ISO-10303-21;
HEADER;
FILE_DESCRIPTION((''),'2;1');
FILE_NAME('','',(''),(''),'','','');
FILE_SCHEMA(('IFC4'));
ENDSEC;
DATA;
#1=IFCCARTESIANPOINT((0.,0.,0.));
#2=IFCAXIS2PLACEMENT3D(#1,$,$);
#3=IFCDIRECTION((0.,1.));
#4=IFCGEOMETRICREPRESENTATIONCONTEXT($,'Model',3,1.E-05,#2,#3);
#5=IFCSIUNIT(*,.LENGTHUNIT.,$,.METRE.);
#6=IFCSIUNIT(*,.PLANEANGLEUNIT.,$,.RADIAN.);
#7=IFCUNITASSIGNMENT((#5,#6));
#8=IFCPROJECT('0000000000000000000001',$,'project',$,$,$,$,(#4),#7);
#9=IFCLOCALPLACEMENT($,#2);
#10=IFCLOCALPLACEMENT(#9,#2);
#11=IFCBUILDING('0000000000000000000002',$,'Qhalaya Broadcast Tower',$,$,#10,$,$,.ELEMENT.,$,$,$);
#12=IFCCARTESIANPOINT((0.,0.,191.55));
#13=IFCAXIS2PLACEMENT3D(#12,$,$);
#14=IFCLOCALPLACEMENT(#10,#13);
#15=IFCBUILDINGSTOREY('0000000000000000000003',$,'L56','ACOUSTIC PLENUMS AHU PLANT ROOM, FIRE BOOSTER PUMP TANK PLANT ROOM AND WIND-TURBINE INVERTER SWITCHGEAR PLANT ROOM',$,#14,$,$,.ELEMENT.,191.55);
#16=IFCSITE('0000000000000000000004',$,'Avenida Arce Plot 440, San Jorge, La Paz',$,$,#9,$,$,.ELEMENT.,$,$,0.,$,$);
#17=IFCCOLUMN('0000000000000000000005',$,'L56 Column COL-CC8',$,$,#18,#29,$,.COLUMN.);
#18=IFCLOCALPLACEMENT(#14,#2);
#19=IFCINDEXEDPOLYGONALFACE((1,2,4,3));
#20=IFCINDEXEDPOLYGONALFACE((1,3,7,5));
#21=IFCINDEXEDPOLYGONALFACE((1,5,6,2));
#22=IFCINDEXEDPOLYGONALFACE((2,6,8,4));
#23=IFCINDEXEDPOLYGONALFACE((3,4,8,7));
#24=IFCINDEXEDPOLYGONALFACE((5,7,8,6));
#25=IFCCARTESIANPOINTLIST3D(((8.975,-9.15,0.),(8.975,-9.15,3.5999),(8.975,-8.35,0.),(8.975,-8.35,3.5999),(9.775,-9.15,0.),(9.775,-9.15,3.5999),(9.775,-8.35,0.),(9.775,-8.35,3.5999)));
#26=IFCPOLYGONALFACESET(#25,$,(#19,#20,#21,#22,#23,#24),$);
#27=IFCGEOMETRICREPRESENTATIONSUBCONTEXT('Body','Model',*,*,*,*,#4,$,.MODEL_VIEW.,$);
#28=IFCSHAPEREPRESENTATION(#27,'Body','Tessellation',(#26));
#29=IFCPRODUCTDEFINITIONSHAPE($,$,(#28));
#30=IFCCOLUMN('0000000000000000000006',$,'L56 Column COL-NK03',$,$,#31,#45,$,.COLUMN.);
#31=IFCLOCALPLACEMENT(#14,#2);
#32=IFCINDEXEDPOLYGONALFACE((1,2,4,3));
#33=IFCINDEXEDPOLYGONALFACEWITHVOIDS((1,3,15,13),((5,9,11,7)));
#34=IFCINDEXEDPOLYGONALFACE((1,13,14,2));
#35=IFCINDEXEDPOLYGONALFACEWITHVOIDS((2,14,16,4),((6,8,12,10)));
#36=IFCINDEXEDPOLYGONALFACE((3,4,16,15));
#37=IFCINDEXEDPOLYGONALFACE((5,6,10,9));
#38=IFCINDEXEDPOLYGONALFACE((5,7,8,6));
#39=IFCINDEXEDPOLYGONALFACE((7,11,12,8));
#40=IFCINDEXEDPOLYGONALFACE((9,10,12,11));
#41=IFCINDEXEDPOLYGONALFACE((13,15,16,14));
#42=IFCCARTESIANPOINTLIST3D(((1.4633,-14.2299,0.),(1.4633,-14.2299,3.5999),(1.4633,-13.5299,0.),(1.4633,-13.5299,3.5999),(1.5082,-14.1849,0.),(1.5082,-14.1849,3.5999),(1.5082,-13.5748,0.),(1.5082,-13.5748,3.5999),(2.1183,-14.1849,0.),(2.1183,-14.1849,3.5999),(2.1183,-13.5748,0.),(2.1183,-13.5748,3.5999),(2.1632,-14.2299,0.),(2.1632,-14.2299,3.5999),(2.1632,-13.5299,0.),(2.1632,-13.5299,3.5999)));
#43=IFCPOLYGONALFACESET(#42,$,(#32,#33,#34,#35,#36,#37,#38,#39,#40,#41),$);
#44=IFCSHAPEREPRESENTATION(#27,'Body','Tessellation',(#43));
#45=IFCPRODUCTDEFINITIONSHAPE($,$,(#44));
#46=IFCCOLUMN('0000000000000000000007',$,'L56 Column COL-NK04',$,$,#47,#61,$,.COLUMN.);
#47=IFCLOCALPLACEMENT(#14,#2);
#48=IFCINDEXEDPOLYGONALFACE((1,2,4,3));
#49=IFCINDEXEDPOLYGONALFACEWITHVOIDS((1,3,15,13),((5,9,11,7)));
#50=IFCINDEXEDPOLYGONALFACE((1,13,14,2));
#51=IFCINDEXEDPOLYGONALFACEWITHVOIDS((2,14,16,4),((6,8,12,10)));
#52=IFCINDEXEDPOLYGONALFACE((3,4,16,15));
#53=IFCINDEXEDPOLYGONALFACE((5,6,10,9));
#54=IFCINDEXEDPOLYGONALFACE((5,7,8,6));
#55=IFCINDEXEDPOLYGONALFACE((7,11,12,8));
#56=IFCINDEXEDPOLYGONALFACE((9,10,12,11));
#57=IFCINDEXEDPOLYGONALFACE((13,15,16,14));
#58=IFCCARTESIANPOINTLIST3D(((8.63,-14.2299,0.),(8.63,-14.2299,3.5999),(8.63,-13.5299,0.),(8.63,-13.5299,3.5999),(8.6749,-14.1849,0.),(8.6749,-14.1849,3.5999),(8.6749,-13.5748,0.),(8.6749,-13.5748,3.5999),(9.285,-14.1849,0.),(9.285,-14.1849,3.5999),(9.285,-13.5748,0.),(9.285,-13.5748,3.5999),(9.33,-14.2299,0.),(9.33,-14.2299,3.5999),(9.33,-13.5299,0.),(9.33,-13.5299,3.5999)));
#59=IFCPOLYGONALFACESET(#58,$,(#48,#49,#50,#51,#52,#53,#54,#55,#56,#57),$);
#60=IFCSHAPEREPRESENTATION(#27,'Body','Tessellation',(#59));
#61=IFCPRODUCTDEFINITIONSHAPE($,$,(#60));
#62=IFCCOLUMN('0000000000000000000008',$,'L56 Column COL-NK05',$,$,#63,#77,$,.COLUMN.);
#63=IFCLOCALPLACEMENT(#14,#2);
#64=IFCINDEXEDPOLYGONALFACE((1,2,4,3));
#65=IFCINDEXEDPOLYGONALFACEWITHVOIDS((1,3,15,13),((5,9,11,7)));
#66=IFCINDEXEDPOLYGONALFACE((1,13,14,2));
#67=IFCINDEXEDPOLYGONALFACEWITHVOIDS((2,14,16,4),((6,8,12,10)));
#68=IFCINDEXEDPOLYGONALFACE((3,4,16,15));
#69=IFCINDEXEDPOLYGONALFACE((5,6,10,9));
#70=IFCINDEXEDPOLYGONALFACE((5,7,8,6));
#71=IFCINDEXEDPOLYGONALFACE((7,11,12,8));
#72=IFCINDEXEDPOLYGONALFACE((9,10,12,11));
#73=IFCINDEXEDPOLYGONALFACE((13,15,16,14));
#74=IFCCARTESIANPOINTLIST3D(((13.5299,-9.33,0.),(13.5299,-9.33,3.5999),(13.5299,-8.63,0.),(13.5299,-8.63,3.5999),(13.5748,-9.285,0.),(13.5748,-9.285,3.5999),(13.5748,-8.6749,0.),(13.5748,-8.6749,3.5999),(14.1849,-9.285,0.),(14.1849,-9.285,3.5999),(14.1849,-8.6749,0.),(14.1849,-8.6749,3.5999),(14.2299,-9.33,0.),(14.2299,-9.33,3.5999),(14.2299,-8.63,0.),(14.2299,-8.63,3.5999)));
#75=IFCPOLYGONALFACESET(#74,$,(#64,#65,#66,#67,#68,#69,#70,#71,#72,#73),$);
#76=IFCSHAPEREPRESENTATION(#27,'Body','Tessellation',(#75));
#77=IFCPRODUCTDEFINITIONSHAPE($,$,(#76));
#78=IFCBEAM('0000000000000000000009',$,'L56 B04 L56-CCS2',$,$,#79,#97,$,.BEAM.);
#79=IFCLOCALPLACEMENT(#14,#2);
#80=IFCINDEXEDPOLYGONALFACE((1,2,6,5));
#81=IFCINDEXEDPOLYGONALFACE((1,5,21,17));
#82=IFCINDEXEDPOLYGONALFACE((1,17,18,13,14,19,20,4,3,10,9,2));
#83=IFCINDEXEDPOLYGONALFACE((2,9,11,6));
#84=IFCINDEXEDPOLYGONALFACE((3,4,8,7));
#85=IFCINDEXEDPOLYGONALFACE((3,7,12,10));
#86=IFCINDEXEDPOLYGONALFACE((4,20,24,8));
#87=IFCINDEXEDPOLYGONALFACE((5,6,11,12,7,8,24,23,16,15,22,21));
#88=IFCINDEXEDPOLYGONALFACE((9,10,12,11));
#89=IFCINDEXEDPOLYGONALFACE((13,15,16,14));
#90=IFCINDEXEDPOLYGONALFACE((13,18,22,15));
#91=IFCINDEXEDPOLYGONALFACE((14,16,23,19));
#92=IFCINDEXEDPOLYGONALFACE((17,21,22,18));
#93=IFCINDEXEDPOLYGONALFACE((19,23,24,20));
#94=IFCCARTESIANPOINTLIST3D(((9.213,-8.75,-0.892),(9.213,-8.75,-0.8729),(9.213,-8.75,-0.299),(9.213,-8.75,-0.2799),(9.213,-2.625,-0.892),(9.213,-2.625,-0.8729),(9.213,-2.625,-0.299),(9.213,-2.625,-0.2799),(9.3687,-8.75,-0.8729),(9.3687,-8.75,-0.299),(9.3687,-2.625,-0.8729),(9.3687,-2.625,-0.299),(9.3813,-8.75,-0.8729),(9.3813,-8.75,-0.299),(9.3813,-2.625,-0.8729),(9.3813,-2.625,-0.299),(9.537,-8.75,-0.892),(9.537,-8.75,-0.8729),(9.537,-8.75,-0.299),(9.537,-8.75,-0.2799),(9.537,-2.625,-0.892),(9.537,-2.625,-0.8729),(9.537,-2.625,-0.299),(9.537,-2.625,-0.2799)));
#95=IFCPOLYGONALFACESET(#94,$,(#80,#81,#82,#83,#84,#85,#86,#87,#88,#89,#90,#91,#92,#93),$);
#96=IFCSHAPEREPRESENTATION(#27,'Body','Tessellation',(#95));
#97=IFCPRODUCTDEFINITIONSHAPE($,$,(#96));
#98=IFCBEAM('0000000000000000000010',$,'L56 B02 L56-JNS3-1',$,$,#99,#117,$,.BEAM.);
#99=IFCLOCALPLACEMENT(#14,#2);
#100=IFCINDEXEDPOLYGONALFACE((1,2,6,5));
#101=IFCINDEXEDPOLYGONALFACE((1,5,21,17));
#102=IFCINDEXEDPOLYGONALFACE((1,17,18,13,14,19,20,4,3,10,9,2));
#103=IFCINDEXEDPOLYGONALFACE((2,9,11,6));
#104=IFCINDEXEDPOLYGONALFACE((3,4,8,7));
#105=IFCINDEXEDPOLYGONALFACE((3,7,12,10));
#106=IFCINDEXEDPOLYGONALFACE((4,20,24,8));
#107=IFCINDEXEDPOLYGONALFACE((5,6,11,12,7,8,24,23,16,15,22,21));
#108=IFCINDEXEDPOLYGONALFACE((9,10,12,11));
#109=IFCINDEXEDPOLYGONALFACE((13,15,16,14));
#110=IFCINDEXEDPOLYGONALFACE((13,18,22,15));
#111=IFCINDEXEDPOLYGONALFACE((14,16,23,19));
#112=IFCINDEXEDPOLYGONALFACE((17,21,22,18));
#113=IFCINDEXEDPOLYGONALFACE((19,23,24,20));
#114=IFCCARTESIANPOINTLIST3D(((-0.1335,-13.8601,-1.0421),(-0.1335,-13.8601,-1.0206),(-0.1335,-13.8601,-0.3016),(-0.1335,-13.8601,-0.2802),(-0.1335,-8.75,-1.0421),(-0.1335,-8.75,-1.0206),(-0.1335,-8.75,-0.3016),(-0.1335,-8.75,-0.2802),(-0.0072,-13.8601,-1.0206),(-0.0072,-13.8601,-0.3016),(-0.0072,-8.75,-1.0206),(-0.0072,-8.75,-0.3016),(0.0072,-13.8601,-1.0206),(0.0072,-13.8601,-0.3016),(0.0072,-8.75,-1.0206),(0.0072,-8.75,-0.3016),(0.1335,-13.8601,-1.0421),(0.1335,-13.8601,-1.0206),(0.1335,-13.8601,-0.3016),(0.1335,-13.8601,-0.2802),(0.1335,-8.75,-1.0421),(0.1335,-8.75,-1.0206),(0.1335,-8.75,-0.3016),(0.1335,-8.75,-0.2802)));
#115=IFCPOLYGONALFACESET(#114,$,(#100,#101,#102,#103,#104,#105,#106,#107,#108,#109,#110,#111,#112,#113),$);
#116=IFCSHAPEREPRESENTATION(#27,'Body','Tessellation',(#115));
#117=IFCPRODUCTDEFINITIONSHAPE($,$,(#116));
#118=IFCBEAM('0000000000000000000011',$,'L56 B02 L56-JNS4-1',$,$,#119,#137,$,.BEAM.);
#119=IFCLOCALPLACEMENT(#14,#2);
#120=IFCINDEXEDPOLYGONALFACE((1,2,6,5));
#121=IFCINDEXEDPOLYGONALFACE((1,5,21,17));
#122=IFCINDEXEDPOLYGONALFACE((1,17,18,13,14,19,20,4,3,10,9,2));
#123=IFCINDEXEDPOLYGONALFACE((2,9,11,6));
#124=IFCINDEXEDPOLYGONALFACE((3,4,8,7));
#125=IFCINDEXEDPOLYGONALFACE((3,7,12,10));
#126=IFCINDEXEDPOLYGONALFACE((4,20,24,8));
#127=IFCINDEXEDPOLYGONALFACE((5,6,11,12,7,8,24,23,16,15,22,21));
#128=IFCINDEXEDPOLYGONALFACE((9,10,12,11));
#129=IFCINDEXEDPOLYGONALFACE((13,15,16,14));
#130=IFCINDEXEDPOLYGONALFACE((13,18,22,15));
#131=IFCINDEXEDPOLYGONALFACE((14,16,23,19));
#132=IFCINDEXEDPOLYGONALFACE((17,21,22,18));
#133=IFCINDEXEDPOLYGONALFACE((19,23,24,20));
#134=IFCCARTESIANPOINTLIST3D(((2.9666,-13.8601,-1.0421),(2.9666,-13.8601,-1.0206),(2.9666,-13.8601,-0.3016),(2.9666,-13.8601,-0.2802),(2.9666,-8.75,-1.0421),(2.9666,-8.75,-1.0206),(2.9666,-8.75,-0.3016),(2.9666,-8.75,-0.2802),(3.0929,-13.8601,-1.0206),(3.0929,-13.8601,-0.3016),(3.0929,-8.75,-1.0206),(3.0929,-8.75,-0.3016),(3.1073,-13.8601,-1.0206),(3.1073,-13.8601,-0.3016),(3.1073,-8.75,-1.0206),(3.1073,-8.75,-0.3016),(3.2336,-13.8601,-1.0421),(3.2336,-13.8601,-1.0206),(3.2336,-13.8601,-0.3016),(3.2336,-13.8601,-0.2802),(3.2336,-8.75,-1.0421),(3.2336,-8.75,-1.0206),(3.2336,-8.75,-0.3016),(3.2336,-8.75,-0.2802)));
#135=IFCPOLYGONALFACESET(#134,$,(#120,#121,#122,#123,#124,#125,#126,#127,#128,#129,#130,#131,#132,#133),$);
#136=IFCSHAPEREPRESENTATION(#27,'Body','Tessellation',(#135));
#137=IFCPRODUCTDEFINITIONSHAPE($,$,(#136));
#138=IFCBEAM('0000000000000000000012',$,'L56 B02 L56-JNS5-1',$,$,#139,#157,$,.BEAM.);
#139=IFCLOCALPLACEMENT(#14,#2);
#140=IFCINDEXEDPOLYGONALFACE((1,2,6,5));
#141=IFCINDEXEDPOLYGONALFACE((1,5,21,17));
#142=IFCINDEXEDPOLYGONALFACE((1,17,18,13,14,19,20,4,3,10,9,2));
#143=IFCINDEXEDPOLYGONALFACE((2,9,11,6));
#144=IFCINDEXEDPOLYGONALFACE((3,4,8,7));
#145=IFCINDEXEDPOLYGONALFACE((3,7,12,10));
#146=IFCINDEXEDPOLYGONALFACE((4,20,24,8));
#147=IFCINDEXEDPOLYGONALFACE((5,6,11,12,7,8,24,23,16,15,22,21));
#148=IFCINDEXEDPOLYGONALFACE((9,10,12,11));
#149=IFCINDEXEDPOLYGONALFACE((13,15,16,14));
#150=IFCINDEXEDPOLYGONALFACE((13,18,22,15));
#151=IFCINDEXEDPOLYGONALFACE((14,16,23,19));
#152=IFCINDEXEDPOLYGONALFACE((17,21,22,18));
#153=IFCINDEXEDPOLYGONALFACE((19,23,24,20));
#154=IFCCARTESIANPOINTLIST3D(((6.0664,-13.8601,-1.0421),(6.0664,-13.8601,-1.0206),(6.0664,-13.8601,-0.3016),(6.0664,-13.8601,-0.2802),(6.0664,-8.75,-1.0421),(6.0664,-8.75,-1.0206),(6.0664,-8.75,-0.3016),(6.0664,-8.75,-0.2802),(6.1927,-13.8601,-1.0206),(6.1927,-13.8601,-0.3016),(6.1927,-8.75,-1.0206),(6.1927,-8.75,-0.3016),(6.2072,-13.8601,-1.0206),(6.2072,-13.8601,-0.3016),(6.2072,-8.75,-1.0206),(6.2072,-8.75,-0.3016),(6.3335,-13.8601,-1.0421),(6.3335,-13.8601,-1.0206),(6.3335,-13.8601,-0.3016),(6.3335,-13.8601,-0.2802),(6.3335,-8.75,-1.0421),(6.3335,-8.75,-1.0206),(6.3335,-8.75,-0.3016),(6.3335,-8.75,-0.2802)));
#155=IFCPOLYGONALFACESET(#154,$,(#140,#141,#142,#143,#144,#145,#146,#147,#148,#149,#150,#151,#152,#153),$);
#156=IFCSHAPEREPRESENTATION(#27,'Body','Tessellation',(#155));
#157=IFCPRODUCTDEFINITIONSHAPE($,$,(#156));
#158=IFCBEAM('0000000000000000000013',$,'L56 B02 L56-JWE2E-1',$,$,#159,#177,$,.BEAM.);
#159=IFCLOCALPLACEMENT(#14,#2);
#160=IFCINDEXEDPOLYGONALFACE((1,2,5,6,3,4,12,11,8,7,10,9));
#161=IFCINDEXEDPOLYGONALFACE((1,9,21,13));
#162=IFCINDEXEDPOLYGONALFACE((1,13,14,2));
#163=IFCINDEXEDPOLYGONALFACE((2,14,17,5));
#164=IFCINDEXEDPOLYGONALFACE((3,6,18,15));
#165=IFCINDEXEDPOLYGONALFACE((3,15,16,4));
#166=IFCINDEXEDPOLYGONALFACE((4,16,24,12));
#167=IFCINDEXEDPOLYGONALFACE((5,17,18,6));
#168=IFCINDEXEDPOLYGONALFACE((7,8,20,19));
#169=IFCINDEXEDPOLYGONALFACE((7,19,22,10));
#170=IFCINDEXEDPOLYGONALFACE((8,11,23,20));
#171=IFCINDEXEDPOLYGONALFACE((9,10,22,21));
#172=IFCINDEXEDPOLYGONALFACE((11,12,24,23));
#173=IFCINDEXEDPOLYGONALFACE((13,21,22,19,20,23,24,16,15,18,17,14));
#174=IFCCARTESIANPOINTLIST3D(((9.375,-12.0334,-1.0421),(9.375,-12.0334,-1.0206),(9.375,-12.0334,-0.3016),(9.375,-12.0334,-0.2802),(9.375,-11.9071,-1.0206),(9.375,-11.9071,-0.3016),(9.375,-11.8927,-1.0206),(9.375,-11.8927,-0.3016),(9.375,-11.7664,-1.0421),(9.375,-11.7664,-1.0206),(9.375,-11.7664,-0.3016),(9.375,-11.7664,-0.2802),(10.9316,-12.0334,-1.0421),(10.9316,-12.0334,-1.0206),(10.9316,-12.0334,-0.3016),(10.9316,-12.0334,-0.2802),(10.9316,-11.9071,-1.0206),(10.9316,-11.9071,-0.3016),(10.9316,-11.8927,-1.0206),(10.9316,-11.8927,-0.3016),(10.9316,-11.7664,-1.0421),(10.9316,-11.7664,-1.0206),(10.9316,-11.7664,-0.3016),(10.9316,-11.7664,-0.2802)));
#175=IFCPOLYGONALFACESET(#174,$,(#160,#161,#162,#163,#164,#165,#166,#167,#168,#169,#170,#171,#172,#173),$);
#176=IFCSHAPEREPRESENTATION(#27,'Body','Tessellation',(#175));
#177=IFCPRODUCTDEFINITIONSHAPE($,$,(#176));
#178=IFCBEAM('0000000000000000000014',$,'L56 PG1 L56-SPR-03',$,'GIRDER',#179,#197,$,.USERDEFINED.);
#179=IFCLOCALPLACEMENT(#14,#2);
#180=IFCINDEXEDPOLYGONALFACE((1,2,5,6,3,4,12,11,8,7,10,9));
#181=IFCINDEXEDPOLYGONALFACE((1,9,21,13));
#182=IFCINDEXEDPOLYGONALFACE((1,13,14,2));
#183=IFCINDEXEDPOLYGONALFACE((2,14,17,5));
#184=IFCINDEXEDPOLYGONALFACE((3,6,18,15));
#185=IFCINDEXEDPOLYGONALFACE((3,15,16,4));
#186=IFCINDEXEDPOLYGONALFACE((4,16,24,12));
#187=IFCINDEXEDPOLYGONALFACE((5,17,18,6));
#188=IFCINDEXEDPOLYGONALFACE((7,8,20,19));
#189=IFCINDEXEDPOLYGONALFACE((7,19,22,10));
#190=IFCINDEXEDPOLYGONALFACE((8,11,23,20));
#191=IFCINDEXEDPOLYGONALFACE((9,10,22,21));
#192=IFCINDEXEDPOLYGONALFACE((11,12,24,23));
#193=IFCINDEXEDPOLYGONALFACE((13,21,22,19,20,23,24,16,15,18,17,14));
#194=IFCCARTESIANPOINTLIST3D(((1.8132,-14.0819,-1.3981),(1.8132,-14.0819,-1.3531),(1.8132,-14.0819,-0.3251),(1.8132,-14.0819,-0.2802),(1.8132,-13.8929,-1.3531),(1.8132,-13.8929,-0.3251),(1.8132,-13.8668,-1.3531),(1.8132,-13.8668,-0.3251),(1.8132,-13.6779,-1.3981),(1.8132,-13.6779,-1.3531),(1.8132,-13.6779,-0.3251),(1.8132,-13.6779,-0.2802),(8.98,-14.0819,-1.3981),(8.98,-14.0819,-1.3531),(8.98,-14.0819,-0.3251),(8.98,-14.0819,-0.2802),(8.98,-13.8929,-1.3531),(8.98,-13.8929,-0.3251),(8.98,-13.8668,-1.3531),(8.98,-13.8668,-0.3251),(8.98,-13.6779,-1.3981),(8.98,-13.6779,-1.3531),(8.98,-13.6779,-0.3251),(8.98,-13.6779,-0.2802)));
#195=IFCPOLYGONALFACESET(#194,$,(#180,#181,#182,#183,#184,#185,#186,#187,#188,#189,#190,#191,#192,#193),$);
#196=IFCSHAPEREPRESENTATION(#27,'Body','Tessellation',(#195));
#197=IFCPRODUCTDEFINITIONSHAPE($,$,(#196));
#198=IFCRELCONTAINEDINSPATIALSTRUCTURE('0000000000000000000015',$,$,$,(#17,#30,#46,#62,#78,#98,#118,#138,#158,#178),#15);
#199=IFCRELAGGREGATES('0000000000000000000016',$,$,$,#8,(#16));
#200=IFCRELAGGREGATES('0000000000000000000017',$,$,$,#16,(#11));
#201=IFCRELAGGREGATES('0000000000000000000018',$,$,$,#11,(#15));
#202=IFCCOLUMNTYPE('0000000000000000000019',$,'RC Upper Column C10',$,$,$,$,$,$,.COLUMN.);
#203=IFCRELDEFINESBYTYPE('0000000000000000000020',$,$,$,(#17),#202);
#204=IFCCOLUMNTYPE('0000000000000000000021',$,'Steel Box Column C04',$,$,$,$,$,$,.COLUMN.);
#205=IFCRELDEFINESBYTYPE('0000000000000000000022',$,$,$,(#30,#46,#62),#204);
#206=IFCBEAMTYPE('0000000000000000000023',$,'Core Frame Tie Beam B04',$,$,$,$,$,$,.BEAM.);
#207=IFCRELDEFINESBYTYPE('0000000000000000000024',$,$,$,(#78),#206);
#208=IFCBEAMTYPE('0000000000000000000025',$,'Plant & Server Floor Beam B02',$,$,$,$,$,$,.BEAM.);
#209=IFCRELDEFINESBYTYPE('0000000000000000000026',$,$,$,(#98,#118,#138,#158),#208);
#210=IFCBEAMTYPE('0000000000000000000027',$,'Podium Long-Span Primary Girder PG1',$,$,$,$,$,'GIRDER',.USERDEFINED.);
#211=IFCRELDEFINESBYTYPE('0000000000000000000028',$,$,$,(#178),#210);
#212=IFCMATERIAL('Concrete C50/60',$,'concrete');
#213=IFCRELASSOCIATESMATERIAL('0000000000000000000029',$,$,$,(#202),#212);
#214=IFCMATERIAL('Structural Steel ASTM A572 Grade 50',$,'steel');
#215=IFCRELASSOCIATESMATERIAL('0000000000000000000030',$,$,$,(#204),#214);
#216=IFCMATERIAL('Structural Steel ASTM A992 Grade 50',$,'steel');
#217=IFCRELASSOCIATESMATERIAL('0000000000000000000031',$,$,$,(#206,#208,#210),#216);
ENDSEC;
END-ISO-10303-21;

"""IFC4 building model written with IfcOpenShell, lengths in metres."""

from ifc_helpers import new_model, si_unit, direction, frame, origin, origin_2d, place, context, subcontext, project, spatial, rectangle, hollow_rectangle, i_section, extrude, material, material_profile, profile_set, type_object, element, save


model = new_model("IFC4")

# Units and contexts
model_context = context("Model", 3, precision=1e-05, world=origin(), true_north=direction((0.0, 1.0)))
body_context = subcontext(model_context, "Body", "Model", "MODEL_VIEW")
ifc_project = project(units=[si_unit("LENGTHUNIT", "METRE"), si_unit("PLANEANGLEUNIT", "RADIAN")], contexts=[model_context])

# Site, building, storey
site_placement = place(None, origin())
site = spatial("IfcSite", under=ifc_project, at=site_placement, Name="Avenida Arce Plot 440, San Jorge, La Paz", CompositionType="ELEMENT", RefElevation=0.0)
building_placement = place(site_placement, origin())
building = spatial("IfcBuilding", under=site, at=building_placement, Name="Qhalaya Broadcast Tower", CompositionType="ELEMENT")
storey_placement = place(building_placement, frame((0.0, 0.0, 191.55)))
storey = spatial("IfcBuildingStorey", under=building, at=storey_placement, Name="L56", Description="ACOUSTIC PLENUMS AHU PLANT ROOM, FIRE BOOSTER PUMP TANK PLANT ROOM AND WIND-TURBINE INVERTER SWITCHGEAR PLANT ROOM", CompositionType="ELEMENT", Elevation=191.55)

# Columns
ifc_material_1 = material(Name="Concrete C50/60", Category="concrete")
ifc_material_profile_1 = material_profile(ifc_material_1, rectangle(XDim=0.8, YDim=0.8, at=origin_2d()), Name="RC-COL 800x800")
ifc_profile_set_1 = profile_set([ifc_material_profile_1], Name="Concrete C50/60")
column_type_1 = type_object("IfcColumnType", Name="RC Upper Column C10", PredefinedType="COLUMN", material=ifc_profile_set_1)
column_placement = place(storey_placement, frame((9.375, -8.75, 0.0), z_axis=(0.0, 0.0, 1.0), x_axis=(1.0, 0.0, 0.0)))
element("IfcColumn", 1, at=column_placement, inside=storey, type_object=column_type_1, Name="L56 Column COL-CC8", PredefinedType="COLUMN", context=body_context, shape_type="SweptSolid", body=[
    extrude(rectangle(XDim=0.8, YDim=0.8, at=origin_2d()), origin(), (0.0, 0.0, 1.0), 3.5999),
])
ifc_material_2 = material(Name="Structural Steel ASTM A572 Grade 50", Category="steel")
ifc_material_profile_2 = material_profile(ifc_material_2, hollow_rectangle(XDim=0.7, YDim=0.7, WallThickness=0.0449, at=origin_2d()), Name="BOX 700x700x45")
ifc_profile_set_2 = profile_set([ifc_material_profile_2], Name="Structural Steel ASTM A572 Grade 50")
column_type_2 = type_object("IfcColumnType", Name="Steel Box Column C04", PredefinedType="COLUMN", material=ifc_profile_set_2)
for number, where, z_axis, x_axis, name in (
    (2, (1.8132, -13.8799, 0.0), (0.0, 0.0, 1.0), (1.0, 0.0, 0.0), "L56 Column COL-NK03"),
    (3, (8.98, -13.8799, 0.0), (0.0, 0.0, 1.0), (1.0, 0.0, 0.0), "L56 Column COL-NK04"),
    (4, (13.8799, -8.98, 0.0), (0.0, 0.0, 1.0), (0.0, 1.0, 0.0), "L56 Column COL-NK05"),
):
    element("IfcColumn", number, at=place(storey_placement, frame(where, z_axis=z_axis, x_axis=x_axis)), inside=storey, type_object=column_type_2, Name=name, PredefinedType="COLUMN", context=body_context, shape_type="SweptSolid", body=[
        extrude(hollow_rectangle(XDim=0.7, YDim=0.7, WallThickness=0.0449, at=origin_2d()), origin(), (0.0, 0.0, 1.0), 3.5999),
    ])

# Beams
ifc_material_3 = material(Name="Structural Steel ASTM A992 Grade 50", Category="steel")
ifc_material_profile_3 = material_profile(ifc_material_3, i_section(OverallWidth=0.324, OverallDepth=0.6121, WebThickness=0.0127, FlangeThickness=0.019, at=origin_2d()), Name="W24X104")
ifc_profile_set_3 = profile_set([ifc_material_profile_3], Name="Structural Steel ASTM A992 Grade 50")
beam_type_1 = type_object("IfcBeamType", Name="Core Frame Tie Beam B04", PredefinedType="BEAM", material=ifc_profile_set_3)
beam_1_placement = place(storey_placement, frame((9.375, -8.75, -0.5859), z_axis=(0.0, 1.0, 0.0), x_axis=(-1.0, 0.0, 0.0)))
element("IfcBeam", 5, at=beam_1_placement, inside=storey, type_object=beam_type_1, Name="L56 B04 L56-CCS2", PredefinedType="BEAM", context=body_context, shape_type="SweptSolid", body=[
    extrude(i_section(OverallWidth=0.324, OverallDepth=0.6121, WebThickness=0.0127, FlangeThickness=0.019, at=origin_2d()), origin(), (0.0, 0.0, 1.0), 6.125),
])
ifc_material_profile_4 = material_profile(ifc_material_3, i_section(OverallWidth=0.2671, OverallDepth=0.762, WebThickness=0.0144, FlangeThickness=0.0215, at=origin_2d()), Name="W30X116")
ifc_profile_set_4 = profile_set([ifc_material_profile_4], Name="Structural Steel ASTM A992 Grade 50")
beam_type_2 = type_object("IfcBeamType", Name="Plant & Server Floor Beam B02", PredefinedType="BEAM", material=ifc_profile_set_4)
for number, where, z_axis, x_axis, name in (
    (6, (0.0, -13.8601, -0.6611), (0.0, 1.0, 0.0), (-1.0, 0.0, 0.0), "L56 B02 L56-JNS3-1"),
    (7, (3.1001, -13.8601, -0.6611), (0.0, 1.0, 0.0), (-1.0, 0.0, 0.0), "L56 B02 L56-JNS4-1"),
    (8, (6.2, -13.8601, -0.6611), (0.0, 1.0, 0.0), (-1.0, 0.0, 0.0), "L56 B02 L56-JNS5-1"),
):
    element("IfcBeam", number, at=place(storey_placement, frame(where, z_axis=z_axis, x_axis=x_axis)), inside=storey, type_object=beam_type_2, Name=name, PredefinedType="BEAM", context=body_context, shape_type="SweptSolid", body=[
        extrude(i_section(OverallWidth=0.2671, OverallDepth=0.762, WebThickness=0.0144, FlangeThickness=0.0215, at=origin_2d()), origin(), (0.0, 0.0, 1.0), 5.1101),
    ])
beam_2_placement = place(storey_placement, frame((9.375, -11.8999, -0.6611), z_axis=(1.0, 0.0, 0.0), x_axis=(0.0, 1.0, 0.0)))
element("IfcBeam", 9, at=beam_2_placement, inside=storey, type_object=beam_type_2, Name="L56 B02 L56-JWE2E-1", PredefinedType="BEAM", context=body_context, shape_type="SweptSolid", body=[
    extrude(i_section(OverallWidth=0.2671, OverallDepth=0.762, WebThickness=0.0144, FlangeThickness=0.0215, at=origin_2d()), origin(), (0.0, 0.0, 1.0), 1.5566),
])
ifc_material_profile_5 = material_profile(ifc_material_3, i_section(OverallWidth=0.4041, OverallDepth=1.1179, WebThickness=0.0261, FlangeThickness=0.0449, at=origin_2d()), Name="W44X335")
ifc_profile_set_5 = profile_set([ifc_material_profile_5], Name="Structural Steel ASTM A992 Grade 50")
beam_type_3 = type_object("IfcBeamType", Name="Podium Long-Span Primary Girder PG1", ElementType="GIRDER", PredefinedType="USERDEFINED", material=ifc_profile_set_5)
beam_3_placement = place(storey_placement, frame((1.8132, -13.8799, -0.8391), z_axis=(1.0, 0.0, 0.0), x_axis=(0.0, 1.0, 0.0)))
element("IfcBeam", 10, at=beam_3_placement, inside=storey, type_object=beam_type_3, Name="L56 PG1 L56-SPR-03", ObjectType="GIRDER", PredefinedType="USERDEFINED", context=body_context, shape_type="SweptSolid", body=[
    extrude(i_section(OverallWidth=0.4041, OverallDepth=1.1179, WebThickness=0.0261, FlangeThickness=0.0449, at=origin_2d()), origin(), (0.0, 0.0, 1.0), 7.1667),
])

save(model, "model.ifc")
